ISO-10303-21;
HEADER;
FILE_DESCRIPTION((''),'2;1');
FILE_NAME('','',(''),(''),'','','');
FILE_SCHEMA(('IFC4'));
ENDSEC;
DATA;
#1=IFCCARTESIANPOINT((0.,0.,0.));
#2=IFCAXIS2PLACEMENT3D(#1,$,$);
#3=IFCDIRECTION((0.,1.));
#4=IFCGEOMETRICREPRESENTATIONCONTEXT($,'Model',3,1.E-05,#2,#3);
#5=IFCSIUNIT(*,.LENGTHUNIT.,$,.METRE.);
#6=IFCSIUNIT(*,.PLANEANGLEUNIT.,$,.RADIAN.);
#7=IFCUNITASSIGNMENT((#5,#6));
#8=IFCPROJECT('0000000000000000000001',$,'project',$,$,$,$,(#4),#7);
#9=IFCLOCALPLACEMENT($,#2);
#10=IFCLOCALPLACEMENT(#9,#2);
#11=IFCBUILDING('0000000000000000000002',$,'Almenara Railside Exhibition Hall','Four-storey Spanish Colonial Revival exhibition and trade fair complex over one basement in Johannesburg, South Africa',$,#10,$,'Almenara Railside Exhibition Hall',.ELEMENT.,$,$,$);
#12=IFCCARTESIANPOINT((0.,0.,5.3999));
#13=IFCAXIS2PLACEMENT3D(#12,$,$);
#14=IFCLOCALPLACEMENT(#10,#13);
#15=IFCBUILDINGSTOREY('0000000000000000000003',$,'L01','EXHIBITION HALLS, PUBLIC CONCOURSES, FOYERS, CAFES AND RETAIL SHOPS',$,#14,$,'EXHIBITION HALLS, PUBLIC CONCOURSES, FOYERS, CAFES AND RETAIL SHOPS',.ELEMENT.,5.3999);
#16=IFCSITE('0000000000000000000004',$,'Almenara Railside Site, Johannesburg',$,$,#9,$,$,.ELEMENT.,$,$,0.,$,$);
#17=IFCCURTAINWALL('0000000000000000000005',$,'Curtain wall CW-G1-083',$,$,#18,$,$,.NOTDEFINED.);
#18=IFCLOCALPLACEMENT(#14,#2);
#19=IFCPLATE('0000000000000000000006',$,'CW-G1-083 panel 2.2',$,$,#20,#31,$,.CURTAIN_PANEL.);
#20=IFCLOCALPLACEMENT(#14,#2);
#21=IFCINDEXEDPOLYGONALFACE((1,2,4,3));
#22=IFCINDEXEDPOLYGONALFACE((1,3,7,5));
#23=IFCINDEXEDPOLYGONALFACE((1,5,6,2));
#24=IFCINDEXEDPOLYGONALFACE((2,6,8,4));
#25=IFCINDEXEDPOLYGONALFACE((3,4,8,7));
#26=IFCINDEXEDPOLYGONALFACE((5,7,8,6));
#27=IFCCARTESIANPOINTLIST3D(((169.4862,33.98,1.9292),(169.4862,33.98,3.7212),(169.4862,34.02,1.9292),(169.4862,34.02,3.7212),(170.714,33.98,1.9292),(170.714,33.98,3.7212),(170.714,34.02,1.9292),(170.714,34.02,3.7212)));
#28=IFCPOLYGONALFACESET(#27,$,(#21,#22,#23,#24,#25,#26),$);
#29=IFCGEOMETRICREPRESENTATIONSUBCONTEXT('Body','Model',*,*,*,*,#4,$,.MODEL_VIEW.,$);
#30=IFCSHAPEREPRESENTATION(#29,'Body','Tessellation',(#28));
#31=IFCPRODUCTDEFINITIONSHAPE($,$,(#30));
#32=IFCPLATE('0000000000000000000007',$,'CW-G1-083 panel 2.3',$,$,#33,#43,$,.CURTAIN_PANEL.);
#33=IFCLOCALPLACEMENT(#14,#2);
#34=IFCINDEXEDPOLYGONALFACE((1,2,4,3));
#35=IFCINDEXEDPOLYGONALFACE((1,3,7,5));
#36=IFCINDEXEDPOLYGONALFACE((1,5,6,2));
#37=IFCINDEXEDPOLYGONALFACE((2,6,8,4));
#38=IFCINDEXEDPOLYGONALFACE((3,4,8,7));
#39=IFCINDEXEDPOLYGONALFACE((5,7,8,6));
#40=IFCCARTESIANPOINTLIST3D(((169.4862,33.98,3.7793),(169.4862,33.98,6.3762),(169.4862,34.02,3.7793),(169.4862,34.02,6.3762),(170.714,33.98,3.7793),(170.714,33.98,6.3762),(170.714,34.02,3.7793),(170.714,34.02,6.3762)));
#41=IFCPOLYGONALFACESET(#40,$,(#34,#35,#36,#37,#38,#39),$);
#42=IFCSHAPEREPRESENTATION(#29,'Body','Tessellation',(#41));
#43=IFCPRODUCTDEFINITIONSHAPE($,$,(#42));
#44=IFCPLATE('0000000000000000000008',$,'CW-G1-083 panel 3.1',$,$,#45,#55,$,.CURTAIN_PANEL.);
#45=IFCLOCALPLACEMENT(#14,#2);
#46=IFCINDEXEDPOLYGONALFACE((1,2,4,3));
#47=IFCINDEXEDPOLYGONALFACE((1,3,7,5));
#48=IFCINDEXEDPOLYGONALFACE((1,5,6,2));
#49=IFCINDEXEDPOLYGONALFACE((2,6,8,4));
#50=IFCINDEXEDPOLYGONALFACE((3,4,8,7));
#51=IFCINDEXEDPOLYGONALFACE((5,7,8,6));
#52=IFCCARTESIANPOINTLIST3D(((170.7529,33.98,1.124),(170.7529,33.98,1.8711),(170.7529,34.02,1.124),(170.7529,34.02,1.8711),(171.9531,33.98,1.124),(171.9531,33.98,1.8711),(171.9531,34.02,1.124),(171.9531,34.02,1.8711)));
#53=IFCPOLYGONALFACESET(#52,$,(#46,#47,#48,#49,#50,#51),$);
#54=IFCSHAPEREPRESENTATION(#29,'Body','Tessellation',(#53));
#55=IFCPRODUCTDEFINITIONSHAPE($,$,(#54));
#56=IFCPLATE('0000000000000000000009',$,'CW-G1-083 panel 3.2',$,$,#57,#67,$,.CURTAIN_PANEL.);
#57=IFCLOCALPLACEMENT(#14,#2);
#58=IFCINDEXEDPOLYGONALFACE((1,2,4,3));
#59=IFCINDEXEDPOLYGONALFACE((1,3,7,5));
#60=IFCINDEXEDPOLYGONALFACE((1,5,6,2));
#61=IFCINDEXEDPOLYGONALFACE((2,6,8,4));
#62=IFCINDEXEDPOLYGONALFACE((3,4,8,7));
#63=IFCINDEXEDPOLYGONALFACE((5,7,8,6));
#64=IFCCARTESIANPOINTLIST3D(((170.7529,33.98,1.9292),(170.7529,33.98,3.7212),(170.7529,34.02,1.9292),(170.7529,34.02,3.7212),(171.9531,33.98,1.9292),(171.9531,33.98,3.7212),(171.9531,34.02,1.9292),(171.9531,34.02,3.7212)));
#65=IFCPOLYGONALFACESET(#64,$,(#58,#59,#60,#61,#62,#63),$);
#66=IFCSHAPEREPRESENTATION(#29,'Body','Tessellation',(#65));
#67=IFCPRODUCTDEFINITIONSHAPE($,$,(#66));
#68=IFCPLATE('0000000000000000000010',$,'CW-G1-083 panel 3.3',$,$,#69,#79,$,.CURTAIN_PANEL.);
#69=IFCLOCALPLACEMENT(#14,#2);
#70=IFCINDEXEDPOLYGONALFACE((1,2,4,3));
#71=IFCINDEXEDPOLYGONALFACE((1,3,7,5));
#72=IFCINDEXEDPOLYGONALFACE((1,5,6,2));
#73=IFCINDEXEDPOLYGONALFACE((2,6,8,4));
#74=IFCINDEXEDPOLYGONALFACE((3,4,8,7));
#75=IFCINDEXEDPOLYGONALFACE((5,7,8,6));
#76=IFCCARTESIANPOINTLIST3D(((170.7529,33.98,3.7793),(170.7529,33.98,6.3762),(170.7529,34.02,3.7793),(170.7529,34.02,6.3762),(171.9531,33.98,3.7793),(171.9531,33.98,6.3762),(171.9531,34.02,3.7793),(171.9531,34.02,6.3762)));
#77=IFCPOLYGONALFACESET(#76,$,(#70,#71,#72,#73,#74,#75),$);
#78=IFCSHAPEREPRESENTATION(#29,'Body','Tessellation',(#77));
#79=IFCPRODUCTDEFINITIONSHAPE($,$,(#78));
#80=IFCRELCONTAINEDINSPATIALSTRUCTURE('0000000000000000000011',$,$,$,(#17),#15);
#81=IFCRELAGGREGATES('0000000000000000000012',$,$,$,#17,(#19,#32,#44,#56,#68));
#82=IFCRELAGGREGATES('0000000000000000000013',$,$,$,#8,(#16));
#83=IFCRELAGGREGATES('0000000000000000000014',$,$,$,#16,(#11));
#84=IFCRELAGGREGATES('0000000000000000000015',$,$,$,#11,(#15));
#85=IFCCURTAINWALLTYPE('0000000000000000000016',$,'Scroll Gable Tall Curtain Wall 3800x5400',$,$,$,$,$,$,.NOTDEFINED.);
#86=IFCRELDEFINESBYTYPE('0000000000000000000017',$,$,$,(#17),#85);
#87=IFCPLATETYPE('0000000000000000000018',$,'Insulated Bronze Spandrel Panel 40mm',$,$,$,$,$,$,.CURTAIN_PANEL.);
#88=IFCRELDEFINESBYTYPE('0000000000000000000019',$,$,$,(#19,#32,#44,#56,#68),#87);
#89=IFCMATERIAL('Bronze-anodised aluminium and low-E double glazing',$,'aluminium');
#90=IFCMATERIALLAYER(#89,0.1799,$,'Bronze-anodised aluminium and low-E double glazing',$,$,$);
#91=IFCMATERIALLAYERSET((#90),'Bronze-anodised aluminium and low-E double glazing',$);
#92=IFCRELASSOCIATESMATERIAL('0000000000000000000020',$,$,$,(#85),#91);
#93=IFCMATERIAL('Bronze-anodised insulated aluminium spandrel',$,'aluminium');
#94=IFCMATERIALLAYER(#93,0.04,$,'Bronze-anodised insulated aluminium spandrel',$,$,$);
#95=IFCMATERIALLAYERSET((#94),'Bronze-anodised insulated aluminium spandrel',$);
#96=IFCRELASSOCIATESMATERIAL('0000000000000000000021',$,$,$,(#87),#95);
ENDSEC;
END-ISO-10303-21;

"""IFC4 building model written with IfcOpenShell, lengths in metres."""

from ifc_helpers import new_model, si_unit, direction, frame, origin, origin_2d, place, context, subcontext, project, spatial, rectangle, extrude, material, layer, layer_set, type_object, element, aggregate, save


model = new_model("IFC4")

# Units and contexts
model_context = context("Model", 3, precision=1e-05, world=origin(), true_north=direction((0.0, 1.0)))
body_context = subcontext(model_context, "Body", "Model", "MODEL_VIEW")
ifc_project = project(units=[si_unit("LENGTHUNIT", "METRE"), si_unit("PLANEANGLEUNIT", "RADIAN")], contexts=[model_context])

# Site, building, storey
site_placement = place(None, origin())
site = spatial("IfcSite", under=ifc_project, at=site_placement, Name="Almenara Railside Site, Johannesburg", CompositionType="ELEMENT", RefElevation=0.0)
building_placement = place(site_placement, origin())
building = spatial("IfcBuilding", under=site, at=building_placement, Name="Almenara Railside Exhibition Hall", Description="Four-storey Spanish Colonial Revival exhibition and trade fair complex over one basement in Johannesburg, South Africa", LongName="Almenara Railside Exhibition Hall", CompositionType="ELEMENT")
storey_placement = place(building_placement, frame((0.0, 0.0, 5.3999)))
storey = spatial("IfcBuildingStorey", under=building, at=storey_placement, Name="L01", Description="EXHIBITION HALLS, PUBLIC CONCOURSES, FOYERS, CAFES AND RETAIL SHOPS", LongName="EXHIBITION HALLS, PUBLIC CONCOURSES, FOYERS, CAFES AND RETAIL SHOPS", CompositionType="ELEMENT", Elevation=5.3999)

# Curtain wall, plates
ifc_material_1 = material(Name="Bronze-anodised aluminium and low-E double glazing", Category="aluminium")
ifc_layer_1 = layer(ifc_material_1, 0.1799, Name="Bronze-anodised aluminium and low-E double glazing")
ifc_layer_set_1 = layer_set([ifc_layer_1], Name="Bronze-anodised aluminium and low-E double glazing")
curtain_wall_type = type_object("IfcCurtainWallType", Name="Scroll Gable Tall Curtain Wall 3800x5400", PredefinedType="NOTDEFINED", material=ifc_layer_set_1)
curtain_wall_placement = place(storey_placement, origin())
curtain_wall = element("IfcCurtainWall", 1, at=curtain_wall_placement, inside=storey, type_object=curtain_wall_type, Name="Curtain wall CW-G1-083", PredefinedType="NOTDEFINED")
ifc_material_2 = material(Name="Bronze-anodised insulated aluminium spandrel", Category="aluminium")
ifc_layer_2 = layer(ifc_material_2, 0.04, Name="Bronze-anodised insulated aluminium spandrel")
ifc_layer_set_2 = layer_set([ifc_layer_2], Name="Bronze-anodised insulated aluminium spandrel")
plate_type = type_object("IfcPlateType", Name="Insulated Bronze Spandrel Panel 40mm", PredefinedType="CURTAIN_PANEL", material=ifc_layer_set_2)
plate_1_placement = place(storey_placement, frame((170.1001, 34.0, 1.9292), z_axis=(0.0, 0.0, 1.0), x_axis=(1.0, 0.0, 0.0)))
plate_1 = element("IfcPlate", 2, at=plate_1_placement, type_object=plate_type, Name="CW-G1-083 panel 2.2", PredefinedType="CURTAIN_PANEL", context=body_context, shape_type="SweptSolid", body=[
    extrude(rectangle(XDim=1.2278, YDim=0.04, at=origin_2d()), origin(), (0.0, 0.0, 1.0), 1.792),
])
plate_2_placement = place(storey_placement, frame((170.1001, 34.0, 3.7793), z_axis=(0.0, 0.0, 1.0), x_axis=(1.0, 0.0, 0.0)))
plate_2 = element("IfcPlate", 3, at=plate_2_placement, type_object=plate_type, Name="CW-G1-083 panel 2.3", PredefinedType="CURTAIN_PANEL", context=body_context, shape_type="SweptSolid", body=[
    extrude(rectangle(XDim=1.2278, YDim=0.04, at=origin_2d()), origin(), (0.0, 0.0, 1.0), 2.5969),
])
plate_3_placement = place(storey_placement, frame((171.353, 34.0, 1.124), z_axis=(0.0, 0.0, 1.0), x_axis=(1.0, 0.0, 0.0)))
plate_3 = element("IfcPlate", 4, at=plate_3_placement, type_object=plate_type, Name="CW-G1-083 panel 3.1", PredefinedType="CURTAIN_PANEL", context=body_context, shape_type="SweptSolid", body=[
    extrude(rectangle(XDim=1.2002, YDim=0.04, at=origin_2d()), origin(), (0.0, 0.0, 1.0), 0.7471),
])
plate_4_placement = place(storey_placement, frame((171.353, 34.0, 1.9292), z_axis=(0.0, 0.0, 1.0), x_axis=(1.0, 0.0, 0.0)))
plate_4 = element("IfcPlate", 5, at=plate_4_placement, type_object=plate_type, Name="CW-G1-083 panel 3.2", PredefinedType="CURTAIN_PANEL", context=body_context, shape_type="SweptSolid", body=[
    extrude(rectangle(XDim=1.2002, YDim=0.04, at=origin_2d()), origin(), (0.0, 0.0, 1.0), 1.792),
])
plate_5_placement = place(storey_placement, frame((171.353, 34.0, 3.7793), z_axis=(0.0, 0.0, 1.0), x_axis=(1.0, 0.0, 0.0)))
plate_5 = element("IfcPlate", 6, at=plate_5_placement, type_object=plate_type, Name="CW-G1-083 panel 3.3", PredefinedType="CURTAIN_PANEL", context=body_context, shape_type="SweptSolid", body=[
    extrude(rectangle(XDim=1.2002, YDim=0.04, at=origin_2d()), origin(), (0.0, 0.0, 1.0), 2.5969),
])
aggregate(curtain_wall, [plate_1, plate_2, plate_3, plate_4, plate_5])

save(model, "model.ifc")
